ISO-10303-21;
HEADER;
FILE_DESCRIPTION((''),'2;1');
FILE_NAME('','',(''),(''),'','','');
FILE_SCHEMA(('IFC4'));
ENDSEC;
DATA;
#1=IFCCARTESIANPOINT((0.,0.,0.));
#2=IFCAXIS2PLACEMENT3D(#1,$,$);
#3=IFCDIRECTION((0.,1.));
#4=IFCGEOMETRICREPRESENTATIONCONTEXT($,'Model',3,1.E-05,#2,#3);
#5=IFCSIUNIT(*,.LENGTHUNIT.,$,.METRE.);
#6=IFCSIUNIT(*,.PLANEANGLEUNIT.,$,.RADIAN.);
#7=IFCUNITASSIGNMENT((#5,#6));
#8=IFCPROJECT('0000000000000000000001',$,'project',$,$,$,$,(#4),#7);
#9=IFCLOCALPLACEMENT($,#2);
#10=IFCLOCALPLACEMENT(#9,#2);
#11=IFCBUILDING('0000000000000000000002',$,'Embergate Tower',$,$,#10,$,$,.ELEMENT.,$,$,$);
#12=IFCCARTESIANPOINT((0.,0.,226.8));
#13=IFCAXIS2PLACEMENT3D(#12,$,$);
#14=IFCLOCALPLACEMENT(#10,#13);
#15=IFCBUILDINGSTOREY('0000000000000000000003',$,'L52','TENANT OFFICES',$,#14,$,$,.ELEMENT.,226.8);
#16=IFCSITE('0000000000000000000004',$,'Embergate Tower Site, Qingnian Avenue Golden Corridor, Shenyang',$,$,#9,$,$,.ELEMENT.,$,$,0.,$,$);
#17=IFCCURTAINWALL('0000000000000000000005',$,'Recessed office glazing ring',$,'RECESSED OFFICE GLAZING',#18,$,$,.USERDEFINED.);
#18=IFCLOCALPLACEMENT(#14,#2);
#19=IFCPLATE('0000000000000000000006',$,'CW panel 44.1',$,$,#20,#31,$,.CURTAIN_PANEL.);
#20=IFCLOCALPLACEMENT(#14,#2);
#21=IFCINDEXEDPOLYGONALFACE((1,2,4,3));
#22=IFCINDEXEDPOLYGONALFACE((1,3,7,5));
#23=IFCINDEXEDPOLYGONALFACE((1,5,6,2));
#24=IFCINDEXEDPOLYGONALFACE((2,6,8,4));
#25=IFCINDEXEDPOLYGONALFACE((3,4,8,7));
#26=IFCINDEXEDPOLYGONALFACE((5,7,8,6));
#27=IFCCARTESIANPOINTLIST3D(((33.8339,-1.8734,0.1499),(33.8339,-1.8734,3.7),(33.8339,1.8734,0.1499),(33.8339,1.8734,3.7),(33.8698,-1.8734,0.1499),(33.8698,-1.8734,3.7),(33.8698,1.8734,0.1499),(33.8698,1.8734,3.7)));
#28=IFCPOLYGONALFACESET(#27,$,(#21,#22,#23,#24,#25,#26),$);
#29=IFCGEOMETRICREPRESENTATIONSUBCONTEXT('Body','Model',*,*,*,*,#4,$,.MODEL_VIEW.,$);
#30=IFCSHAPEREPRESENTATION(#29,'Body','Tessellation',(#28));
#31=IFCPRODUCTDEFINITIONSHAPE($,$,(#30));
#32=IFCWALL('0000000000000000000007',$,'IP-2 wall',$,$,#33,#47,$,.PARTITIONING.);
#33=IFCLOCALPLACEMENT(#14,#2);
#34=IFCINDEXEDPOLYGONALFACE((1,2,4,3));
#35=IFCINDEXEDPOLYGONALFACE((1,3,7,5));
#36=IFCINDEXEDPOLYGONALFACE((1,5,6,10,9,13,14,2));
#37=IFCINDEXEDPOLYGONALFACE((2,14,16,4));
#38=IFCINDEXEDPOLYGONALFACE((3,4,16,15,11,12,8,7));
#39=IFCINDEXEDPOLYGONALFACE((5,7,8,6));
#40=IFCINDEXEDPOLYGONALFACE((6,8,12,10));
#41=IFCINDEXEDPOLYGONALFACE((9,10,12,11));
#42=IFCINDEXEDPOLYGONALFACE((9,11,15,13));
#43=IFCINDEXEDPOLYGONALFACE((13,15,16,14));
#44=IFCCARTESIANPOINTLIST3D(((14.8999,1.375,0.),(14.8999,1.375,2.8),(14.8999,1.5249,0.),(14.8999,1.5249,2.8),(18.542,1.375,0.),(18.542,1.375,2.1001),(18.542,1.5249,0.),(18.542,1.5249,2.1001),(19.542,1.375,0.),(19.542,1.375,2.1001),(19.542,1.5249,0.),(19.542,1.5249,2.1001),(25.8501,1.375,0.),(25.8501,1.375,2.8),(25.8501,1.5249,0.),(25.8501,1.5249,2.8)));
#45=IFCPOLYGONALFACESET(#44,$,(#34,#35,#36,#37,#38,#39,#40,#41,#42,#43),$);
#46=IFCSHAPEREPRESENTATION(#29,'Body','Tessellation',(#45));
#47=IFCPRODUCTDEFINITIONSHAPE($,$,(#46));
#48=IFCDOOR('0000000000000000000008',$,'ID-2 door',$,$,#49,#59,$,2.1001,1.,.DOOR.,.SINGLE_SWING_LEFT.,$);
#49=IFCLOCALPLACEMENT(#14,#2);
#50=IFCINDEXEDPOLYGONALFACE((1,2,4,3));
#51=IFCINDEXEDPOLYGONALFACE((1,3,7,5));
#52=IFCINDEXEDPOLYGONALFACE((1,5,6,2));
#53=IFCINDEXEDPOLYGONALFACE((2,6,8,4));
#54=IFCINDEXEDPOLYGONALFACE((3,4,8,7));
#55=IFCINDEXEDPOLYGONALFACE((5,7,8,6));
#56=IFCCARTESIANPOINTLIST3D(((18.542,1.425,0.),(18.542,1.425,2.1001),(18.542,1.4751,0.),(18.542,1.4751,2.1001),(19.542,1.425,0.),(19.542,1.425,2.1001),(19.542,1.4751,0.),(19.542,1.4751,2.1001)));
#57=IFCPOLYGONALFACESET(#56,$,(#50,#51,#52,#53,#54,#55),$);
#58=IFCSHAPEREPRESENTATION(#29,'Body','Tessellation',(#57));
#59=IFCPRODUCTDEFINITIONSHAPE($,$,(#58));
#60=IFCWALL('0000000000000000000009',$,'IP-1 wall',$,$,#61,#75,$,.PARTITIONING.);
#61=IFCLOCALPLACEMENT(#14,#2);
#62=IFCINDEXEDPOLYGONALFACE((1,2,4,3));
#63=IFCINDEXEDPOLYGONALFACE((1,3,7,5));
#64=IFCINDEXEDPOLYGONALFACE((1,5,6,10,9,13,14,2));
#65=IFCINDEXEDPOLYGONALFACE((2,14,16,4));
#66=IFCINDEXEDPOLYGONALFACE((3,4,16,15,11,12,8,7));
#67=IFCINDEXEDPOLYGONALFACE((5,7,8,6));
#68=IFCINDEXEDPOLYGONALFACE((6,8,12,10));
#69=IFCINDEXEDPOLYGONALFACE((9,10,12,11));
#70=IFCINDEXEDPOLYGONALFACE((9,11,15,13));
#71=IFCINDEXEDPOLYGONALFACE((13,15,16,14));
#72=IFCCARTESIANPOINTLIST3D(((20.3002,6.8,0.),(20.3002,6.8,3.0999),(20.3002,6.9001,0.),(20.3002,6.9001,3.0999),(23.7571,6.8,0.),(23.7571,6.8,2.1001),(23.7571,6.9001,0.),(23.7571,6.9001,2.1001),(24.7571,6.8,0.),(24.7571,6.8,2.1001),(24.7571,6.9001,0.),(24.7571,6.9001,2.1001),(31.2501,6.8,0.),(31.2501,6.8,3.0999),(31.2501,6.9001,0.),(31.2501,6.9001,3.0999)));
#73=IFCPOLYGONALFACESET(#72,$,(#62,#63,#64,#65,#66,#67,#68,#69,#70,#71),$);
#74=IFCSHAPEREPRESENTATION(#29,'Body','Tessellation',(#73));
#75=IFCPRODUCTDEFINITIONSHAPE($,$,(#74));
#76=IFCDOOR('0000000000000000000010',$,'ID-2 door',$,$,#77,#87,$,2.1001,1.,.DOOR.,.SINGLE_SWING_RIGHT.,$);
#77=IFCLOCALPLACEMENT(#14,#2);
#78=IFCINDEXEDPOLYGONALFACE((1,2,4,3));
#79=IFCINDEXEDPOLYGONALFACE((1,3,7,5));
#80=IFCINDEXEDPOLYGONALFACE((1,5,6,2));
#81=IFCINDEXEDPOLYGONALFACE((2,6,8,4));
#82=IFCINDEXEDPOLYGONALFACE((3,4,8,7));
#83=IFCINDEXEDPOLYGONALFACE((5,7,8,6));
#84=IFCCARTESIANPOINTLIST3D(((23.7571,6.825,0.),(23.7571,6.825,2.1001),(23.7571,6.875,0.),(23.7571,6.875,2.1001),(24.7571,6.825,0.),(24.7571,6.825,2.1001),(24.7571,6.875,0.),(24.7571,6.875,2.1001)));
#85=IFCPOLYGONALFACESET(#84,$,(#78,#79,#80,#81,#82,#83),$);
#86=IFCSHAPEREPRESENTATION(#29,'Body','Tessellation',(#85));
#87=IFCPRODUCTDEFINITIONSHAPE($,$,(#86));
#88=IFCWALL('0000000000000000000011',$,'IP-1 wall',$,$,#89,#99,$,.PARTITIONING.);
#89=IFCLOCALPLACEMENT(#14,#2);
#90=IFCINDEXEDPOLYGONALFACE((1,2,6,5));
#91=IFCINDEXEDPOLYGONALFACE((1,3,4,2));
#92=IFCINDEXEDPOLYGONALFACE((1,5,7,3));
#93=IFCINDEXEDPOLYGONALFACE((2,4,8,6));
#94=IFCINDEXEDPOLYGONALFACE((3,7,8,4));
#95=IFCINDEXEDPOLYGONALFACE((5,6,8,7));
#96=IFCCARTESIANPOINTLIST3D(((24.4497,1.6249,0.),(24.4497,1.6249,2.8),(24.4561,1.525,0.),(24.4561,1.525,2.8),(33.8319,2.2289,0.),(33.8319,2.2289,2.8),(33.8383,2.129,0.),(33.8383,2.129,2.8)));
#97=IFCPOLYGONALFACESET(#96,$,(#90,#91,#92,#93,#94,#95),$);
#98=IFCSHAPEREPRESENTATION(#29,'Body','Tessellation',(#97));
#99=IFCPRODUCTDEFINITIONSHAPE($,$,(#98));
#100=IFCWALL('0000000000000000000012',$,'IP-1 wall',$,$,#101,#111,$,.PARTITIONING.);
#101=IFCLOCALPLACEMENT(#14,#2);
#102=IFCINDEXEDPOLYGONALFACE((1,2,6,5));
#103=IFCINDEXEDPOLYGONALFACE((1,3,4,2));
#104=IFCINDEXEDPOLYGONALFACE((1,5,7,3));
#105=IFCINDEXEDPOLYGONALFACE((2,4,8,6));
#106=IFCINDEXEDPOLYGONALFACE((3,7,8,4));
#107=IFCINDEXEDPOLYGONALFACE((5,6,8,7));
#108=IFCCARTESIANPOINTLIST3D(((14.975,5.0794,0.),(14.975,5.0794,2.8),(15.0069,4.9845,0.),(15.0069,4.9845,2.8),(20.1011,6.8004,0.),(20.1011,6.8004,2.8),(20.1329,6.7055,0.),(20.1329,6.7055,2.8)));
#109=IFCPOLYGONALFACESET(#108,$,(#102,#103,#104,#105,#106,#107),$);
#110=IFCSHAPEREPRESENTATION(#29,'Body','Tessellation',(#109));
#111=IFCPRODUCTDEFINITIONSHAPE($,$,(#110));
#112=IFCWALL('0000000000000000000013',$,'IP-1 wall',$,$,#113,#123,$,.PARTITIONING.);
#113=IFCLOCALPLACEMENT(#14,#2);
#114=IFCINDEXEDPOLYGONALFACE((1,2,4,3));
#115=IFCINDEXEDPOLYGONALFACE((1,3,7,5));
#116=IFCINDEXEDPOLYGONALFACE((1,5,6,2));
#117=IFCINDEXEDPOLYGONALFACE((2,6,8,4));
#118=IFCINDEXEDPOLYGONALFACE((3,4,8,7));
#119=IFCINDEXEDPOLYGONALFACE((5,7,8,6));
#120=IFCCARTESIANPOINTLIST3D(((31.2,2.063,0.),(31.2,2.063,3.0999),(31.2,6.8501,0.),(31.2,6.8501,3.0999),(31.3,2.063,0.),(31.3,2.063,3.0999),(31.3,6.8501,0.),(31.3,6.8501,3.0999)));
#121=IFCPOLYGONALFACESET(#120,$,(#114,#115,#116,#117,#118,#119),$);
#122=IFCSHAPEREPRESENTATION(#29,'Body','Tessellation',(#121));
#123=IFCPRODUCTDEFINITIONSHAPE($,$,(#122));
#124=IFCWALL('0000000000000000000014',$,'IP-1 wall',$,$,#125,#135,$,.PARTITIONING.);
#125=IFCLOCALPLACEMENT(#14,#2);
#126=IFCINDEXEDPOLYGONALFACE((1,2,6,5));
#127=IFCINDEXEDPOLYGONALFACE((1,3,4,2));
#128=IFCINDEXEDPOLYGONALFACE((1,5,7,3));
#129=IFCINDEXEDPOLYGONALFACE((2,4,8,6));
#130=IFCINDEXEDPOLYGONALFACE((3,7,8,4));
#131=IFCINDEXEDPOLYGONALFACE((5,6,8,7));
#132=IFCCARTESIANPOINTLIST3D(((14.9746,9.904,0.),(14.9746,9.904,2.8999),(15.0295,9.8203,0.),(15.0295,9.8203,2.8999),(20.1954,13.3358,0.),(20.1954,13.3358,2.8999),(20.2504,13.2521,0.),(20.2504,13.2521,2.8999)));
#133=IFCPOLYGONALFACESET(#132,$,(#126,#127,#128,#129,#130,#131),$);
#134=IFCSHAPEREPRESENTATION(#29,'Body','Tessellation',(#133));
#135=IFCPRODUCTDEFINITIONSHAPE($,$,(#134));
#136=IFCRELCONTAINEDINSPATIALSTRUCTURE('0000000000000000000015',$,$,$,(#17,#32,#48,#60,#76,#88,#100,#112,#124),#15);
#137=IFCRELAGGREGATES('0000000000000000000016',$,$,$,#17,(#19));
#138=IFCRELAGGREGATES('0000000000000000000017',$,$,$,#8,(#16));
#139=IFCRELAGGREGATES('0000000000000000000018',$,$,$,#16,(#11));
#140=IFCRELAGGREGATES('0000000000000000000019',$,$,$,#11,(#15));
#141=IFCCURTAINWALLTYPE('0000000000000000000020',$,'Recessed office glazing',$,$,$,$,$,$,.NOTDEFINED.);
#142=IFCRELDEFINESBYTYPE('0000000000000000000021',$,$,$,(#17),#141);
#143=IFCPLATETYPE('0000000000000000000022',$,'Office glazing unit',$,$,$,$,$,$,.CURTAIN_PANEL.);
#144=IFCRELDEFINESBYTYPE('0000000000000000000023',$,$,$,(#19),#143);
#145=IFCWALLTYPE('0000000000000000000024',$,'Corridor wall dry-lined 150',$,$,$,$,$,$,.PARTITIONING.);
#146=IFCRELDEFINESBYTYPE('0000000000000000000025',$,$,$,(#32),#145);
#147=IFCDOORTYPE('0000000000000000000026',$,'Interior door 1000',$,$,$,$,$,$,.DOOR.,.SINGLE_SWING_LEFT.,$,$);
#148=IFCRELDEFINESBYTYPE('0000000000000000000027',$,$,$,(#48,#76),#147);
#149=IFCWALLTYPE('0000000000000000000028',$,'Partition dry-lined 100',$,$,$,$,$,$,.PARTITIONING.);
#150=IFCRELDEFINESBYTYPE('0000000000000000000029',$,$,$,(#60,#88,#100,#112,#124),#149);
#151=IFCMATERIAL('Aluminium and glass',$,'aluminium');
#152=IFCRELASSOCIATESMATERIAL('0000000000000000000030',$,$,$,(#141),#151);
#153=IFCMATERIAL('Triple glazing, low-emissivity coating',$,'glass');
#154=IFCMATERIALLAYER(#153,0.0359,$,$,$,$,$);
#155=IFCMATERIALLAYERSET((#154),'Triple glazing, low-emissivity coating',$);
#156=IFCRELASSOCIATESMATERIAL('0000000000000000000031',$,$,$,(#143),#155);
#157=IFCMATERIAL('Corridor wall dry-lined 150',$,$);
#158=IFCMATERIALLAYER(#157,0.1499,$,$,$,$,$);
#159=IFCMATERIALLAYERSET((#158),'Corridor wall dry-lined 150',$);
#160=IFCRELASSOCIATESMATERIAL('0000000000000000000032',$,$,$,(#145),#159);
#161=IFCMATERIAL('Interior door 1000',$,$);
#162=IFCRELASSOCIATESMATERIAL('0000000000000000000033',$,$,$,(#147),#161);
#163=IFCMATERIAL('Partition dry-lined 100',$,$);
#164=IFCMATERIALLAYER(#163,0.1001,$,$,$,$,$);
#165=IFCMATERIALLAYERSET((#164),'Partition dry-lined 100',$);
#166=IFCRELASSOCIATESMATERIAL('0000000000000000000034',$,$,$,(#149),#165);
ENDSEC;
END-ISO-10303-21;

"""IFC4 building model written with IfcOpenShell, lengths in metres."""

from ifc_helpers import new_model, si_unit, direction, frame, frame_2d, origin, origin_2d, place, context, subcontext, project, spatial, rectangle, extrude, source, transform, mapped, material, layer, layer_set, type_object, element, fill, aggregate, save


model = new_model("IFC4")

# Units and contexts
model_context = context("Model", 3, precision=1e-05, world=origin(), true_north=direction((0.0, 1.0)))
body_context = subcontext(model_context, "Body", "Model", "MODEL_VIEW")
ifc_project = project(units=[si_unit("LENGTHUNIT", "METRE"), si_unit("PLANEANGLEUNIT", "RADIAN")], contexts=[model_context])

# Site, building, storey
site_placement = place(None, origin())
site = spatial("IfcSite", under=ifc_project, at=site_placement, Name="Embergate Tower Site, Qingnian Avenue Golden Corridor, Shenyang", CompositionType="ELEMENT", RefElevation=0.0)
building_placement = place(site_placement, origin())
building = spatial("IfcBuilding", under=site, at=building_placement, Name="Embergate Tower", CompositionType="ELEMENT")
storey_placement = place(building_placement, frame((0.0, 0.0, 226.8)))
storey = spatial("IfcBuildingStorey", under=building, at=storey_placement, Name="L52", Description="TENANT OFFICES", CompositionType="ELEMENT", Elevation=226.8)

# Curtain wall, plate
ifc_material_1 = material(Name="Aluminium and glass", Category="aluminium")
curtain_wall_type = type_object("IfcCurtainWallType", Name="Recessed office glazing", PredefinedType="NOTDEFINED", material=ifc_material_1)
curtain_wall_placement = place(storey_placement, origin())
curtain_wall = element("IfcCurtainWall", 1, at=curtain_wall_placement, inside=storey, type_object=curtain_wall_type, Name="Recessed office glazing ring", ObjectType="RECESSED OFFICE GLAZING", PredefinedType="USERDEFINED")
ifc_material_2 = material(Name="Triple glazing, low-emissivity coating", Category="glass")
ifc_layer_1 = layer(ifc_material_2, 0.0359)
ifc_layer_set_1 = layer_set([ifc_layer_1], Name="Triple glazing, low-emissivity coating")
plate_type = type_object("IfcPlateType", Name="Office glazing unit", PredefinedType="CURTAIN_PANEL", material=ifc_layer_set_1)
shared_shape_1 = source(origin(), body_context, "Body", "SweptSolid", [
    extrude(rectangle(XDim=3.7468, YDim=0.0359, at=origin_2d()), origin(), (0.0, 0.0, 1.0), 3.55),
])
plate_1_placement = place(storey_placement, frame((33.8518, 0.0, 0.1499), z_axis=(0.0, 0.0, 1.0), x_axis=(0.0, 1.0, 0.0)))
plate_1 = element("IfcPlate", 2, at=plate_1_placement, type_object=plate_type, Name="CW panel 44.1", PredefinedType="CURTAIN_PANEL", context=body_context, shape_type="MappedRepresentation", body=[
    mapped(shared_shape_1, transform((0.0, 0.0, 0.0))),
])
aggregate(curtain_wall, [plate_1])

# Walls, openings, doors
ifc_material_3 = material(Name="Corridor wall dry-lined 150")
ifc_layer_2 = layer(ifc_material_3, 0.1499)
ifc_layer_set_2 = layer_set([ifc_layer_2], Name="Corridor wall dry-lined 150")
wall_type_1 = type_object("IfcWallType", Name="Corridor wall dry-lined 150", PredefinedType="PARTITIONING", material=ifc_layer_set_2)
shared_shape_2 = source(origin(), body_context, "Body", "SweptSolid", [
    extrude(rectangle(XDim=10.9502, YDim=0.1499, at=frame_2d((5.4751, 0.0))), origin(), (0.0, 0.0, 1.0), 2.8),
])
wall_1_placement = place(storey_placement, frame((25.8501, 1.45, 0.0), z_axis=(0.0, 0.0, 1.0), x_axis=(-1.0, 0.0, 0.0)))
wall_1 = element("IfcWall", 3, at=wall_1_placement, inside=storey, type_object=wall_type_1, Name="IP-2 wall", PredefinedType="PARTITIONING", context=body_context, shape_type="MappedRepresentation", body=[
    mapped(shared_shape_2, transform((0.0, 0.0, 0.0))),
])
shared_shape_3 = source(origin(), body_context, "Body", "SweptSolid", [
    extrude(rectangle(XDim=1.0, YDim=2.1001, at=frame_2d((0.5, 1.05))), frame((0.0, 0.085, 0.0), z_axis=(0.0, -1.0, 0.0), x_axis=(1.0, 0.0, 0.0)), (0.0, 0.0, 1.0), 0.1699),
])
opening_1_placement = place(wall_1_placement, frame((6.3081, 0.0, 0.0)))
opening_1 = element("IfcOpeningElement", 4, at=opening_1_placement, cuts=wall_1, PredefinedType="OPENING", context=body_context, shape_type="MappedRepresentation", body=[
    mapped(shared_shape_3, transform((0.0, 0.0, 0.0))),
])
ifc_material_4 = material(Name="Interior door 1000")
door_type = type_object("IfcDoorType", Name="Interior door 1000", OperationType="SINGLE_SWING_LEFT", PredefinedType="DOOR", material=ifc_material_4)
shared_shape_4 = source(origin(), body_context, "Body", "SweptSolid", [
    extrude(rectangle(XDim=1.0, YDim=2.1001, at=frame_2d((0.5, 1.05))), frame((0.0, 0.0249, 0.0), z_axis=(0.0, -1.0, 0.0), x_axis=(1.0, 0.0, 0.0)), (0.0, 0.0, 1.0), 0.05),
])
door_1_placement = place(opening_1_placement, origin())
door_1 = element("IfcDoor", 5, at=door_1_placement, inside=storey, type_object=door_type, Name="ID-2 door", OperationType="SINGLE_SWING_LEFT", OverallHeight=2.1001, OverallWidth=1.0, PredefinedType="DOOR", context=body_context, shape_type="MappedRepresentation", body=[
    mapped(shared_shape_4, transform((0.0, 0.0, 0.0))),
])
fill(opening_1, door_1)
ifc_material_5 = material(Name="Partition dry-lined 100")
ifc_layer_3 = layer(ifc_material_5, 0.1001)
ifc_layer_set_3 = layer_set([ifc_layer_3], Name="Partition dry-lined 100")
wall_type_2 = type_object("IfcWallType", Name="Partition dry-lined 100", PredefinedType="PARTITIONING", material=ifc_layer_set_3)
shared_shape_5 = source(origin(), body_context, "Body", "SweptSolid", [
    extrude(rectangle(XDim=10.95, YDim=0.1001, at=frame_2d((5.4751, 0.0))), origin(), (0.0, 0.0, 1.0), 3.0999),
])
wall_2_placement = place(storey_placement, frame((20.3, 6.8501, 0.0), z_axis=(0.0, 0.0, 1.0), x_axis=(1.0, 0.0, 0.0)))
wall_2 = element("IfcWall", 6, at=wall_2_placement, inside=storey, type_object=wall_type_2, Name="IP-1 wall", PredefinedType="PARTITIONING", context=body_context, shape_type="MappedRepresentation", body=[
    mapped(shared_shape_5, transform((0.0, 0.0, 0.0))),
])
shared_shape_6 = source(origin(), body_context, "Body", "SweptSolid", [
    extrude(rectangle(XDim=1.0, YDim=2.1001, at=frame_2d((0.5, 1.05))), frame((0.0, 0.0601, 0.0), z_axis=(0.0, -1.0, 0.0), x_axis=(1.0, 0.0, 0.0)), (0.0, 0.0, 1.0), 0.1201),
])
opening_2_placement = place(wall_2_placement, frame((3.457, 0.0, 0.0)))
opening_2 = element("IfcOpeningElement", 7, at=opening_2_placement, cuts=wall_2, PredefinedType="OPENING", context=body_context, shape_type="MappedRepresentation", body=[
    mapped(shared_shape_6, transform((0.0, 0.0, 0.0))),
])
door_2_placement = place(opening_2_placement, origin())
door_2 = element("IfcDoor", 8, at=door_2_placement, inside=storey, type_object=door_type, Name="ID-2 door", OperationType="SINGLE_SWING_RIGHT", OverallHeight=2.1001, OverallWidth=1.0, PredefinedType="DOOR", context=body_context, shape_type="MappedRepresentation", body=[
    mapped(shared_shape_4, transform((0.0, 0.0, 0.0))),
])
fill(opening_2, door_2)

# Walls
shared_shape_7 = source(origin(), body_context, "Body", "SweptSolid", [
    extrude(rectangle(XDim=9.4016, YDim=0.1001, at=frame_2d((4.7007, 0.0))), origin(), (0.0, 0.0, 1.0), 2.8),
])
wall_3_placement = place(storey_placement, frame((33.835, 2.179, 0.0), z_axis=(0.0, 0.0, 1.0), x_axis=(-0.997934, -0.064245, 0.0)))
element("IfcWall", 9, at=wall_3_placement, inside=storey, type_object=wall_type_2, Name="IP-1 wall", PredefinedType="PARTITIONING", context=body_context, shape_type="MappedRepresentation", body=[
    mapped(shared_shape_7, transform((0.0, 0.0, 0.0))),
])
shared_shape_8 = source(origin(), body_context, "Body", "SweptSolid", [
    extrude(rectangle(XDim=5.4072, YDim=0.1001, at=frame_2d((2.7036, 0.0))), origin(), (0.0, 0.0, 1.0), 2.8),
])
wall_4_placement = place(storey_placement, frame((14.991, 5.032, 0.0), z_axis=(0.0, 0.0, 1.0), x_axis=(0.947999, 0.318272, 0.0)))
element("IfcWall", 10, at=wall_4_placement, inside=storey, type_object=wall_type_2, Name="IP-1 wall", PredefinedType="PARTITIONING", context=body_context, shape_type="MappedRepresentation", body=[
    mapped(shared_shape_8, transform((0.0, 0.0, 0.0))),
])
shared_shape_9 = source(origin(), body_context, "Body", "SweptSolid", [
    extrude(rectangle(XDim=4.7871, YDim=0.1001, at=frame_2d((2.3936, 0.0))), origin(), (0.0, 0.0, 1.0), 3.0999),
])
wall_5_placement = place(storey_placement, frame((31.25, 6.8501, 0.0), z_axis=(0.0, 0.0, 1.0), x_axis=(0.0, -1.0, 0.0)))
element("IfcWall", 11, at=wall_5_placement, inside=storey, type_object=wall_type_2, Name="IP-1 wall", PredefinedType="PARTITIONING", context=body_context, shape_type="MappedRepresentation", body=[
    mapped(shared_shape_9, transform((0.0, 0.0, 0.0))),
])
shared_shape_10 = source(origin(), body_context, "Body", "SweptSolid", [
    extrude(rectangle(XDim=6.2478, YDim=0.1001, at=frame_2d((3.124, 0.0))), origin(), (0.0, 0.0, 1.0), 2.8999),
])
wall_6_placement = place(storey_placement, frame((15.002, 9.8621, 0.0), z_axis=(0.0, 0.0, 1.0), x_axis=(0.835634, 0.549287, 0.0)))
element("IfcWall", 12, at=wall_6_placement, inside=storey, type_object=wall_type_2, Name="IP-1 wall", PredefinedType="PARTITIONING", context=body_context, shape_type="MappedRepresentation", body=[
    mapped(shared_shape_10, transform((0.0, 0.0, 0.0))),
])

save(model, "model.ifc")
